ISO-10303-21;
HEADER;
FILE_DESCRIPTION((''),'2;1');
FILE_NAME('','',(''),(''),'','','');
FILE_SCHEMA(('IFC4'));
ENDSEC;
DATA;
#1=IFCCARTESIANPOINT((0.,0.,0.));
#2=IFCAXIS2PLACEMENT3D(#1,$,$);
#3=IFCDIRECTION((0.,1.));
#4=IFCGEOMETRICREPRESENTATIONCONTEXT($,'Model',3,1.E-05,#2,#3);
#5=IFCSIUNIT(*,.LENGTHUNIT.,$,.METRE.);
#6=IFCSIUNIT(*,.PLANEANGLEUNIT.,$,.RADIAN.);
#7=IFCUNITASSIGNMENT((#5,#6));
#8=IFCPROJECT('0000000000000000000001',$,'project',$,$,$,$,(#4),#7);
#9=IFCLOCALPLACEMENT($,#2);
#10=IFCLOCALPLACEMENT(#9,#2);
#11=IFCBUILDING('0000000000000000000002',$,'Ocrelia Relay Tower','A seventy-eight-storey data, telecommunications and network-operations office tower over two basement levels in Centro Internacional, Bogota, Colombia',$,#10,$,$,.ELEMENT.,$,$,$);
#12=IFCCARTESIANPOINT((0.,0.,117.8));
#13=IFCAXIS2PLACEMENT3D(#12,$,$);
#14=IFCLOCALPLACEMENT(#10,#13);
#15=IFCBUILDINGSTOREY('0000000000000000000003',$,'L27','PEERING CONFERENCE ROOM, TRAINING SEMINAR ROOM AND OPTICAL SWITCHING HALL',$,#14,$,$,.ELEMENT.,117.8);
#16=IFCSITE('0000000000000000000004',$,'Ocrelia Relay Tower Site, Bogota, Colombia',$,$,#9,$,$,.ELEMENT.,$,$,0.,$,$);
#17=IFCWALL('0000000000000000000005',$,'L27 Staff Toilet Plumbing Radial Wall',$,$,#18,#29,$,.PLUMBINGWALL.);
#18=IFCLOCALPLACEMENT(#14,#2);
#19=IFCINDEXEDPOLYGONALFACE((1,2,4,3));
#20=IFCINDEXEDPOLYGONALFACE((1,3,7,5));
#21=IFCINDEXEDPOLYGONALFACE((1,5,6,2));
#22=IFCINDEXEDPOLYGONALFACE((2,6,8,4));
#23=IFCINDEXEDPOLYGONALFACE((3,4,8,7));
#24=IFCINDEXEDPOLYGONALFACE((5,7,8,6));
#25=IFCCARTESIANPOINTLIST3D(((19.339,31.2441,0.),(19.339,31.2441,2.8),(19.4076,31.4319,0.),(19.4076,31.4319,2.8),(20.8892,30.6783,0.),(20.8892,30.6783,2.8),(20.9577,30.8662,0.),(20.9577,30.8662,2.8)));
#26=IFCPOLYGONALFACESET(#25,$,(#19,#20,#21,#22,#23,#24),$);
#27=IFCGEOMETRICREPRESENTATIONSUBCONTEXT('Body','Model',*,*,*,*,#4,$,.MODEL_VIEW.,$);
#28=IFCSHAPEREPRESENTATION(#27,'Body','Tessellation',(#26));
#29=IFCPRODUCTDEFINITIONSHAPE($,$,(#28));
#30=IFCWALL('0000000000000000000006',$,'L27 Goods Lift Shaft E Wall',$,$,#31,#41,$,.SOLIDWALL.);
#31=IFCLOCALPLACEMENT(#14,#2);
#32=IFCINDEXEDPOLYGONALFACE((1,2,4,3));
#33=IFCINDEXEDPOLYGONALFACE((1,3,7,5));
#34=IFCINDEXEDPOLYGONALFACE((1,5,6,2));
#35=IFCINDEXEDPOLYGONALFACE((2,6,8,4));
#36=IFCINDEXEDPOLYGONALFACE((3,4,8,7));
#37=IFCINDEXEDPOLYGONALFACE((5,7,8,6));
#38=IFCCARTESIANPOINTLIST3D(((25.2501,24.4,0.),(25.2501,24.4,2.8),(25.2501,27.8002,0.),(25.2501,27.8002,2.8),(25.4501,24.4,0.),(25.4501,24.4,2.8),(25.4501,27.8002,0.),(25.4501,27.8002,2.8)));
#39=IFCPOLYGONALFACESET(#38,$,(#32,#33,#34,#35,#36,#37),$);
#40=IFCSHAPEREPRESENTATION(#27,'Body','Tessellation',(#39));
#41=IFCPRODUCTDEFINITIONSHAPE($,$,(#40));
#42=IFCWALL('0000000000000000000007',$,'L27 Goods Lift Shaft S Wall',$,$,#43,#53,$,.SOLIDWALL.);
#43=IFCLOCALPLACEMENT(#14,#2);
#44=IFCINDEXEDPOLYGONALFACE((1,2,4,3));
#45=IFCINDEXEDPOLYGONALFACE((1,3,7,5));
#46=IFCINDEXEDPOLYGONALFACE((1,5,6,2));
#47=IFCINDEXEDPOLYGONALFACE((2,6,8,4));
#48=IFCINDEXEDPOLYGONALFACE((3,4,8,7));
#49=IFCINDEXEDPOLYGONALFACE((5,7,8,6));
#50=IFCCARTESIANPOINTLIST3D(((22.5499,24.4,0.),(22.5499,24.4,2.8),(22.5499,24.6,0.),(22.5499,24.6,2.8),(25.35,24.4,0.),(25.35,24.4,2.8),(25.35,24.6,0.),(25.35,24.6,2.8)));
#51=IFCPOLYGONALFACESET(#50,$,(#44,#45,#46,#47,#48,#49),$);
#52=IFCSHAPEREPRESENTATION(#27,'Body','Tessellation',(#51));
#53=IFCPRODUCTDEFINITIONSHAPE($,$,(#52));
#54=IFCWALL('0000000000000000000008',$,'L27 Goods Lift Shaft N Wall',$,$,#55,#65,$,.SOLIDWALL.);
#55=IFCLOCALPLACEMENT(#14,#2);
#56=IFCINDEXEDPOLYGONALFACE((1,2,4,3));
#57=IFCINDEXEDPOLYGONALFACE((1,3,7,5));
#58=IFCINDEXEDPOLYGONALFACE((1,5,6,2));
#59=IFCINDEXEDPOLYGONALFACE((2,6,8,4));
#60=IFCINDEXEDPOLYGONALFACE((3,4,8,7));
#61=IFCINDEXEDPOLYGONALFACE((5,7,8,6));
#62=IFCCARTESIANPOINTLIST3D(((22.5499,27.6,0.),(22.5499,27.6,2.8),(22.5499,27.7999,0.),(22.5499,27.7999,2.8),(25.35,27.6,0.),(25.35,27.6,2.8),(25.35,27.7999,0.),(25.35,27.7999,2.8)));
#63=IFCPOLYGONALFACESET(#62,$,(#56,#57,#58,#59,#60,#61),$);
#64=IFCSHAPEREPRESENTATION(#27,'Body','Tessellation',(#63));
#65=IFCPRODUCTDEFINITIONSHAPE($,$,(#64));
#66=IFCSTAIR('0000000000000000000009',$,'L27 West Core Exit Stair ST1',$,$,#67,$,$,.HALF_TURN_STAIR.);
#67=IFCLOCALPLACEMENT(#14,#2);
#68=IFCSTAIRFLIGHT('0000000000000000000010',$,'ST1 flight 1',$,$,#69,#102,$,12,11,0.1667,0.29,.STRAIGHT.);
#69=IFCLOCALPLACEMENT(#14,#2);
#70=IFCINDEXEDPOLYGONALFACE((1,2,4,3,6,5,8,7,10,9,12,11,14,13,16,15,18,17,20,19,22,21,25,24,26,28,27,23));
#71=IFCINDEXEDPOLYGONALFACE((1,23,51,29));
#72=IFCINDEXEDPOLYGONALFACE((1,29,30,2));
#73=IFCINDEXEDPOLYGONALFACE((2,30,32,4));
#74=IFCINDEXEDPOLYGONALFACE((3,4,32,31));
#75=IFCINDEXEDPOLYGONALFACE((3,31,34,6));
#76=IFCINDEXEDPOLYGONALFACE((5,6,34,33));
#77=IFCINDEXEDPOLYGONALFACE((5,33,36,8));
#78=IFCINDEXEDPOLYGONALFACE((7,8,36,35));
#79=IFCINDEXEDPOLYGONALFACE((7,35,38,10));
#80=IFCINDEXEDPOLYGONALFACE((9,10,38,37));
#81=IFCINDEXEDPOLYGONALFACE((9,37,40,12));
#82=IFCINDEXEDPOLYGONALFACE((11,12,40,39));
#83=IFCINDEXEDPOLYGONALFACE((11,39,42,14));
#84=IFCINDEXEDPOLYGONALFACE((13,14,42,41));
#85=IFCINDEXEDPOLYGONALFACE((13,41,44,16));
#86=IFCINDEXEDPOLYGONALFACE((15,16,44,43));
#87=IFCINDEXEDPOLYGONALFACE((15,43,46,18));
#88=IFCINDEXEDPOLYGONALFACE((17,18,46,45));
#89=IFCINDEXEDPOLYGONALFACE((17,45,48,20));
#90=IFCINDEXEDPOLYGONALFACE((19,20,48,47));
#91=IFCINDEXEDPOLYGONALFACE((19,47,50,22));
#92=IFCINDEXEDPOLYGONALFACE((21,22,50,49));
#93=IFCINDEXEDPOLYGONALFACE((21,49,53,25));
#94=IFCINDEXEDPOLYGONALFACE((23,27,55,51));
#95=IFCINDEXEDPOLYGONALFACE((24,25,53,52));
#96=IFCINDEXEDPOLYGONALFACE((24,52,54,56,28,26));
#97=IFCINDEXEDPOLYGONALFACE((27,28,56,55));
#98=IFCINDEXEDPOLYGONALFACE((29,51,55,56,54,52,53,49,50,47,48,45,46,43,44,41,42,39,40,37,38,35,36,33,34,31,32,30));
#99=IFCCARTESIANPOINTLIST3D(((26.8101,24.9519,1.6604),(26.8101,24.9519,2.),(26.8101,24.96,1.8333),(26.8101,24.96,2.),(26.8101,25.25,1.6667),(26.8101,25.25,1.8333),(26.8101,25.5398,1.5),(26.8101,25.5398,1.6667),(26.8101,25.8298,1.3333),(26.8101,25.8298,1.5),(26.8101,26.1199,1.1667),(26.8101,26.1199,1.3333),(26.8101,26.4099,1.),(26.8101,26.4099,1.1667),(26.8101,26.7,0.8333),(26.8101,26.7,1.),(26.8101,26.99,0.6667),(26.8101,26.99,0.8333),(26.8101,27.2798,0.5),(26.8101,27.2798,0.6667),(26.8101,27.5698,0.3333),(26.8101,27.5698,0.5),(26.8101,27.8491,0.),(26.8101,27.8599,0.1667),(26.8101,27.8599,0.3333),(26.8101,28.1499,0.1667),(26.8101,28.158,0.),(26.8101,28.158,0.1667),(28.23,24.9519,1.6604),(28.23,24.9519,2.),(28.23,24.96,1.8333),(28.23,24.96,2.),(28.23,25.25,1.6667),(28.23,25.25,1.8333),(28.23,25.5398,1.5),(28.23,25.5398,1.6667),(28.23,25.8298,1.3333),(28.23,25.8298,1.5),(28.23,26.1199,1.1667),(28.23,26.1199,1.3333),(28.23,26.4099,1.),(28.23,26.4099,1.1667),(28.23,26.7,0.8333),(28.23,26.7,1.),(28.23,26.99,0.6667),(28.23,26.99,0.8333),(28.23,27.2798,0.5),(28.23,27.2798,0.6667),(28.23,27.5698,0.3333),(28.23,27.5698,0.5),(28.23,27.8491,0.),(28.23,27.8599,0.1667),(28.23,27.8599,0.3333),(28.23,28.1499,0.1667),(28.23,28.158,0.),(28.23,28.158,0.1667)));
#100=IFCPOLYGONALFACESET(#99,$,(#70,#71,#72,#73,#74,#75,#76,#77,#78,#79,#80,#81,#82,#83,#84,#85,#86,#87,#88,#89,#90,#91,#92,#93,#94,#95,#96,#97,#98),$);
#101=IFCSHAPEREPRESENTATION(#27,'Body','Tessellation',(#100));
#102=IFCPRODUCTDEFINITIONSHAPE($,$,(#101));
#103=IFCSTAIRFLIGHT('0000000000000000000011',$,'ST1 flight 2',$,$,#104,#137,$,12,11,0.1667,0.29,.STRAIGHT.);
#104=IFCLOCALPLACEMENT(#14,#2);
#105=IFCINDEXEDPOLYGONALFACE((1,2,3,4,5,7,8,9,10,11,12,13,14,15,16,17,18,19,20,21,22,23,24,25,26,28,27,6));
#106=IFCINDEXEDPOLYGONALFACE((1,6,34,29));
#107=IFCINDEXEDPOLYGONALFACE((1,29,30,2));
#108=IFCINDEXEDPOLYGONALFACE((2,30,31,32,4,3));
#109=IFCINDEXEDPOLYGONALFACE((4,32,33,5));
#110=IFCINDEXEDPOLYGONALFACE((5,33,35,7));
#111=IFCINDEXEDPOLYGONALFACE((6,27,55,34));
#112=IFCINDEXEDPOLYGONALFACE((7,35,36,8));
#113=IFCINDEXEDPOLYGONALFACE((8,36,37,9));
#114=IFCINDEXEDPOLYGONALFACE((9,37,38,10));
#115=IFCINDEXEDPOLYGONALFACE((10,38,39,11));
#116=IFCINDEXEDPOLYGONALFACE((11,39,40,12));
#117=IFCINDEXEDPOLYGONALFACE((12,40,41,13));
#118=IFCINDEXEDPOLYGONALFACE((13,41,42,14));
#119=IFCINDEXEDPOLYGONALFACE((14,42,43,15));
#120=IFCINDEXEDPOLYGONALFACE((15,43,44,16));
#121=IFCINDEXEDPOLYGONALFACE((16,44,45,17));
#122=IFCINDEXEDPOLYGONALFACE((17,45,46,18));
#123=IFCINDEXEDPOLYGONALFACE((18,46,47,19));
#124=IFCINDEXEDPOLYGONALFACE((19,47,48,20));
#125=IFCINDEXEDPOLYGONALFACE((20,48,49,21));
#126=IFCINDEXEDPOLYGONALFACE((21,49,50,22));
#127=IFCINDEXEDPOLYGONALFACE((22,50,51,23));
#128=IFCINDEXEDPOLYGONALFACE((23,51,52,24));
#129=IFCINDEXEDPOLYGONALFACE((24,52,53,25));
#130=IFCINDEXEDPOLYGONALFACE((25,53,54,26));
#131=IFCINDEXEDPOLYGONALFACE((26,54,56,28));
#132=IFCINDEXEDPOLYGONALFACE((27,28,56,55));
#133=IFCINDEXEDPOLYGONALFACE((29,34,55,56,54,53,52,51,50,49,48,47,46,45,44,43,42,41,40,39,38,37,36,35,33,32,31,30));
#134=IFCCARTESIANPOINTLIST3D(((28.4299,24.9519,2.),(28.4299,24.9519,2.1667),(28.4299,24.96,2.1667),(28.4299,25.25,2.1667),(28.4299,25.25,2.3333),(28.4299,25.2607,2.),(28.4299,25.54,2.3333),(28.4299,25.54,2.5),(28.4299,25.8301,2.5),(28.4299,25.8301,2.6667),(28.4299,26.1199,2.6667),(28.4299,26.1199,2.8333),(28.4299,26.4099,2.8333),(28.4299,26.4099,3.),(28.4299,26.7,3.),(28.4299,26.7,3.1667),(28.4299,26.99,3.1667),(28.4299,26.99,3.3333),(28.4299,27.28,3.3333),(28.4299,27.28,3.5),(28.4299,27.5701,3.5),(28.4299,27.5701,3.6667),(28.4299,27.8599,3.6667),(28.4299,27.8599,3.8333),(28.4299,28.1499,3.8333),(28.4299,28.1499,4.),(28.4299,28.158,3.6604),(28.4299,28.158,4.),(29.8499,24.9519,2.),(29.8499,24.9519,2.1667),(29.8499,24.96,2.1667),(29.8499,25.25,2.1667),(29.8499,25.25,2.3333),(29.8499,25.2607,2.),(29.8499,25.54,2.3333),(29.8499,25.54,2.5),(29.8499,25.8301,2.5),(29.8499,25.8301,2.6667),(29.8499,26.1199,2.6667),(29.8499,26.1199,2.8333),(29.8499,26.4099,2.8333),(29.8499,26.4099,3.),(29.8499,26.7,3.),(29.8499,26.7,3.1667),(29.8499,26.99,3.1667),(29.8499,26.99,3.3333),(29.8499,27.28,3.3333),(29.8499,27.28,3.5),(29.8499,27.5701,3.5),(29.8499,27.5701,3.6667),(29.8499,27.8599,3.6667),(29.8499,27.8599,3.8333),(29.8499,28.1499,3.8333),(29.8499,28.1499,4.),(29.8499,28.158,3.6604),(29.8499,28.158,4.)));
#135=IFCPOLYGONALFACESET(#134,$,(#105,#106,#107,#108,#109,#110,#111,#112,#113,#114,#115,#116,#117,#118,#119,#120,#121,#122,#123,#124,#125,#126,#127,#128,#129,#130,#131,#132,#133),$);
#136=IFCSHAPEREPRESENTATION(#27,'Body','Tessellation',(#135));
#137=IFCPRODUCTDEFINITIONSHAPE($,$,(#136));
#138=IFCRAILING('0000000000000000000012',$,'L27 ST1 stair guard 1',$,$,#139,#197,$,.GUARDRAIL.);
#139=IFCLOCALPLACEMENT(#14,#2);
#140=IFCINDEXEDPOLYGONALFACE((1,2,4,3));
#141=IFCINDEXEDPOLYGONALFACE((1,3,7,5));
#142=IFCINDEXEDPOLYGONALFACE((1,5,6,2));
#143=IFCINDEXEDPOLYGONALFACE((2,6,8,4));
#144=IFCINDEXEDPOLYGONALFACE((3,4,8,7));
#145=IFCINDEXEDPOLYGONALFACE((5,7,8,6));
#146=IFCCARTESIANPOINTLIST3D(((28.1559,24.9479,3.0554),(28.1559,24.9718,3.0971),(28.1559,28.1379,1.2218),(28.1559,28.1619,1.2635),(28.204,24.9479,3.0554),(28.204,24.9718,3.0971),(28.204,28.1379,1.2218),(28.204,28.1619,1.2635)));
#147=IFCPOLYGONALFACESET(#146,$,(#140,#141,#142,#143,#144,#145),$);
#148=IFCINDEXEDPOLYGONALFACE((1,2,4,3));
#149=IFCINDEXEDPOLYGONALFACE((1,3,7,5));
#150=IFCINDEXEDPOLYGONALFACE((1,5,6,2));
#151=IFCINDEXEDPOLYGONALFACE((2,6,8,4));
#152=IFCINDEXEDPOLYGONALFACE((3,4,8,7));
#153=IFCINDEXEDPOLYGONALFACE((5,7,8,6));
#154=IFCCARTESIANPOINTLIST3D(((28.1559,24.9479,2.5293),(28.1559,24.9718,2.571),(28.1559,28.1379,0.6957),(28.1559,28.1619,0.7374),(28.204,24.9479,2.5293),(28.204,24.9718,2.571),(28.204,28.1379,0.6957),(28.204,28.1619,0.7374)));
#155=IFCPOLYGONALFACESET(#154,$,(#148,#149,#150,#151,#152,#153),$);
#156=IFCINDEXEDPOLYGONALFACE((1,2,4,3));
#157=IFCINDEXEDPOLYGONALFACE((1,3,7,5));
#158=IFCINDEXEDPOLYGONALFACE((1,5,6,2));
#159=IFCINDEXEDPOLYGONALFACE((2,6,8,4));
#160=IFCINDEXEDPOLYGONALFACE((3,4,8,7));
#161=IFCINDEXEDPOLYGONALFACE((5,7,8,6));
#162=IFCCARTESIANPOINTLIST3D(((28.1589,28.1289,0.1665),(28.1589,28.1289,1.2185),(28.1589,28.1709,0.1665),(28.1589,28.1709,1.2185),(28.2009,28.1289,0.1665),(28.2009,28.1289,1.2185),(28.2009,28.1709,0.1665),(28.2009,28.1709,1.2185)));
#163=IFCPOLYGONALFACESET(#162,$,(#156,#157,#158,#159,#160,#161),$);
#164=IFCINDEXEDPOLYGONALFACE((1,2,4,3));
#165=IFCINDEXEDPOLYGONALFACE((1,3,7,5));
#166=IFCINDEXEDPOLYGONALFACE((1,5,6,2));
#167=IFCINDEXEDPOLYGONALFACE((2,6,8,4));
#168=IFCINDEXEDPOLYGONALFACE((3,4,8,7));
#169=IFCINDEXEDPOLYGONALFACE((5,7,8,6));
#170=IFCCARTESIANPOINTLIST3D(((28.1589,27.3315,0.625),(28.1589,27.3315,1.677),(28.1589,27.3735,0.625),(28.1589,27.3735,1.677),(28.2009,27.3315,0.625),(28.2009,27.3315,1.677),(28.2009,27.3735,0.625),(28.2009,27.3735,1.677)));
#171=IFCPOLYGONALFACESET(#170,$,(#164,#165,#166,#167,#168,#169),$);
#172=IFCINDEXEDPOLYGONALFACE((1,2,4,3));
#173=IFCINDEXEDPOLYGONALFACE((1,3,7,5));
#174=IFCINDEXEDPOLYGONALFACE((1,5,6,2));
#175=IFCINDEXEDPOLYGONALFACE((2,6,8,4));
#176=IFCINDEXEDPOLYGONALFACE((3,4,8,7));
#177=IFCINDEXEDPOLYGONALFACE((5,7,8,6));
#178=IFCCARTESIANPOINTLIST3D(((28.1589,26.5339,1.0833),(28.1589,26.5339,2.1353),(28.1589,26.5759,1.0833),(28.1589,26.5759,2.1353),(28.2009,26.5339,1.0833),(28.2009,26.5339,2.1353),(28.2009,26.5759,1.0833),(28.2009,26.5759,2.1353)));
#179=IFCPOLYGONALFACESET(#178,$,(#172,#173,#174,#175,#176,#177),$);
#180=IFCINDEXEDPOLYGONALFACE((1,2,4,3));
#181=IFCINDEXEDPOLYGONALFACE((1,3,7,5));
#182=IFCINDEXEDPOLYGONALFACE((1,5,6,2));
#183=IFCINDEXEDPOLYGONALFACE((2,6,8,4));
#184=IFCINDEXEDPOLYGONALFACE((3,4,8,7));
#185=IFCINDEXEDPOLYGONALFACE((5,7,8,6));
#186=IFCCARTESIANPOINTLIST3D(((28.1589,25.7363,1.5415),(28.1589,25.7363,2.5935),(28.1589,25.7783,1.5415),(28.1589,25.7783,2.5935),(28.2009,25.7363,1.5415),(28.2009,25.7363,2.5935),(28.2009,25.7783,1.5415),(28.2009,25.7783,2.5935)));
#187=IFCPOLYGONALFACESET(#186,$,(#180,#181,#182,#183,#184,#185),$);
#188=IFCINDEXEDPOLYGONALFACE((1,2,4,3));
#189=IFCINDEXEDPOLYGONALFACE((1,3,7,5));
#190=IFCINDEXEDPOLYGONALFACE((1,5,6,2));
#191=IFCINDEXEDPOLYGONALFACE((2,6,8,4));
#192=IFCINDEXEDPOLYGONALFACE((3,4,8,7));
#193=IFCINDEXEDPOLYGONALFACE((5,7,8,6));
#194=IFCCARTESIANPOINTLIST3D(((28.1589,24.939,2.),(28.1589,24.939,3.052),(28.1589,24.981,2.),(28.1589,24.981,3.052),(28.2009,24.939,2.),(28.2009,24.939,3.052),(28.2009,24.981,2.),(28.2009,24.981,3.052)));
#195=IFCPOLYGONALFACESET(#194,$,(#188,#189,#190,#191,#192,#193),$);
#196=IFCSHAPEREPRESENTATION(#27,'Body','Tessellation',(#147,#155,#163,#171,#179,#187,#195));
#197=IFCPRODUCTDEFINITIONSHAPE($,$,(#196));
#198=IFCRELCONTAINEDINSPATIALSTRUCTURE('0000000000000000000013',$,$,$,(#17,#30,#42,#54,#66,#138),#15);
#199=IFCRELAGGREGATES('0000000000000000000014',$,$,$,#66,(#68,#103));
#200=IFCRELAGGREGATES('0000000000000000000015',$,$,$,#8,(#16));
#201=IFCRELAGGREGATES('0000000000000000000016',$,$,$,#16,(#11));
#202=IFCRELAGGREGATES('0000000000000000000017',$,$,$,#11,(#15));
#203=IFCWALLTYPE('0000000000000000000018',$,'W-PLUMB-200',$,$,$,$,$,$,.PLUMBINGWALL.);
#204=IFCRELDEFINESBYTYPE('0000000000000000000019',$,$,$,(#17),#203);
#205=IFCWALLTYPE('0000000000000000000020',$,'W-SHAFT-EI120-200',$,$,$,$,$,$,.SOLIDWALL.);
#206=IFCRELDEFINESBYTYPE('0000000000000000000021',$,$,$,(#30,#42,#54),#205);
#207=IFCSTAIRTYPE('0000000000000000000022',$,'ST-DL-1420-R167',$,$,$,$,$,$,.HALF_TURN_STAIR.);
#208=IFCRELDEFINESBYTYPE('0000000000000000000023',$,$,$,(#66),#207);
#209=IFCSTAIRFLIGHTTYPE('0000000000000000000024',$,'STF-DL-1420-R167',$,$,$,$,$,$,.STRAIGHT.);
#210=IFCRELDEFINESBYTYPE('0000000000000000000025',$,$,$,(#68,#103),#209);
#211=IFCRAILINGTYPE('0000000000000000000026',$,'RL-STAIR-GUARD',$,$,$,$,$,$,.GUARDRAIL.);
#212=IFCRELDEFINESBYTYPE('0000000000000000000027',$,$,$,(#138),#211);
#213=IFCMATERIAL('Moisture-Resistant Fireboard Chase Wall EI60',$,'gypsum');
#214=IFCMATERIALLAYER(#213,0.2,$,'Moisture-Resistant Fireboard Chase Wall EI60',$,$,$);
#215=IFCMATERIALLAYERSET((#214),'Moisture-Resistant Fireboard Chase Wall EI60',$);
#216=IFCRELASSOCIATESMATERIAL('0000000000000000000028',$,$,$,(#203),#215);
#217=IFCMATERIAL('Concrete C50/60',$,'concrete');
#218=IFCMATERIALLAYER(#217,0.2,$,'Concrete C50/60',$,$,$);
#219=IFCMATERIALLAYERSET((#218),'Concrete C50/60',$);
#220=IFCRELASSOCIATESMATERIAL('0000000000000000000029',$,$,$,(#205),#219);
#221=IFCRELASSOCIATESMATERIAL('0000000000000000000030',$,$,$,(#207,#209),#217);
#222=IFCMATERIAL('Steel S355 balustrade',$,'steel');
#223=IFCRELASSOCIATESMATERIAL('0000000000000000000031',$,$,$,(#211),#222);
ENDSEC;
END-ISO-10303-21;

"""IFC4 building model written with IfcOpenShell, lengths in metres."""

from ifc_helpers import new_model, si_unit, direction, frame, frame_2d, origin, origin_2d, place, context, subcontext, project, spatial, polyline, rectangle, outline, extrude, material, layer, layer_set, type_object, element, aggregate, save


model = new_model("IFC4")

# Units and contexts
model_context = context("Model", 3, precision=1e-05, world=origin(), true_north=direction((0.0, 1.0)))
body_context = subcontext(model_context, "Body", "Model", "MODEL_VIEW")
ifc_project = project(units=[si_unit("LENGTHUNIT", "METRE"), si_unit("PLANEANGLEUNIT", "RADIAN")], contexts=[model_context])

# Site, building, storey
site_placement = place(None, origin())
site = spatial("IfcSite", under=ifc_project, at=site_placement, Name="Ocrelia Relay Tower Site, Bogota, Colombia", CompositionType="ELEMENT", RefElevation=0.0)
building_placement = place(site_placement, origin())
building = spatial("IfcBuilding", under=site, at=building_placement, Name="Ocrelia Relay Tower", Description="A seventy-eight-storey data, telecommunications and network-operations office tower over two basement levels in Centro Internacional, Bogota, Colombia", CompositionType="ELEMENT")
storey_placement = place(building_placement, frame((0.0, 0.0, 117.8)))
storey = spatial("IfcBuildingStorey", under=building, at=storey_placement, Name="L27", Description="PEERING CONFERENCE ROOM, TRAINING SEMINAR ROOM AND OPTICAL SWITCHING HALL", CompositionType="ELEMENT", Elevation=117.8)

# Shared definitions
ifc_material_1 = material(Name="Concrete C50/60", Category="concrete")

# Wall
ifc_material_2 = material(Name="Moisture-Resistant Fireboard Chase Wall EI60", Category="gypsum")
ifc_layer_1 = layer(ifc_material_2, 0.2, Name="Moisture-Resistant Fireboard Chase Wall EI60")
ifc_layer_set_1 = layer_set([ifc_layer_1], Name="Moisture-Resistant Fireboard Chase Wall EI60")
wall_type_1 = type_object("IfcWallType", Name="W-PLUMB-200", PredefinedType="PLUMBINGWALL", material=ifc_layer_set_1)
wall_1_placement = place(storey_placement, frame((20.9236, 30.7722, 0.0), z_axis=(0.0, 0.0, 1.0), x_axis=(-0.9394, 0.342824, 0.0)))
element("IfcWall", 1, at=wall_1_placement, inside=storey, type_object=wall_type_1, Name="L27 Staff Toilet Plumbing Radial Wall", PredefinedType="PLUMBINGWALL", context=body_context, shape_type="SweptSolid", body=[
    extrude(rectangle(XDim=1.6501, YDim=0.2, at=frame_2d((0.8252, 0.0))), origin(), (0.0, 0.0, 1.0), 2.8),
])

# Shared definitions
ifc_layer_2 = layer(ifc_material_1, 0.2, Name="Concrete C50/60")
ifc_layer_set_2 = layer_set([ifc_layer_2], Name="Concrete C50/60")
wall_type_2 = type_object("IfcWallType", Name="W-SHAFT-EI120-200", PredefinedType="SOLIDWALL", material=ifc_layer_set_2)

# Walls
wall_2_placement = place(storey_placement, frame((25.3501, 24.3999, 0.0), z_axis=(0.0, 0.0, 1.0), x_axis=(0.0, 1.0, 0.0)))
element("IfcWall", 2, at=wall_2_placement, inside=storey, type_object=wall_type_2, Name="L27 Goods Lift Shaft E Wall", PredefinedType="SOLIDWALL", context=body_context, shape_type="SweptSolid", body=[
    extrude(rectangle(XDim=3.4001, YDim=0.2, at=frame_2d((1.7002, 0.0))), origin(), (0.0, 0.0, 1.0), 2.8),
])
for number, where, z_axis, x_axis, name in (
    (3, (22.55, 24.5, 0.0), (0.0, 0.0, 1.0), (1.0, 0.0, 0.0), "L27 Goods Lift Shaft S Wall"),
    (4, (22.55, 27.7, 0.0), (0.0, 0.0, 1.0), (1.0, 0.0, 0.0), "L27 Goods Lift Shaft N Wall"),
):
    element("IfcWall", number, at=place(storey_placement, frame(where, z_axis=z_axis, x_axis=x_axis)), inside=storey, type_object=wall_type_2, Name=name, PredefinedType="SOLIDWALL", context=body_context, shape_type="SweptSolid", body=[
        extrude(rectangle(XDim=2.8, YDim=0.2, at=frame_2d((1.3999, 0.0))), origin(), (0.0, 0.0, 1.0), 2.8),
    ])

# Stair, stair flights
stair_type = type_object("IfcStairType", Name="ST-DL-1420-R167", PredefinedType="HALF_TURN_STAIR", material=ifc_material_1)
stair_placement = place(storey_placement, origin())
stair = element("IfcStair", 5, at=stair_placement, inside=storey, type_object=stair_type, Name="L27 West Core Exit Stair ST1", PredefinedType="HALF_TURN_STAIR")
stair_flight_type = type_object("IfcStairFlightType", Name="STF-DL-1420-R167", PredefinedType="STRAIGHT", material=ifc_material_1)
stair_flight_1_placement = place(storey_placement, frame((27.52, 28.1499, 0.0), z_axis=(0.0, 0.0, 1.0), x_axis=(0.0, -1.0, 0.0)))
stair_flight_1 = element("IfcStairFlight", 6, at=stair_flight_1_placement, type_object=stair_flight_type, Name="ST1 flight 1", NumberOfRisers=12, NumberOfTreads=11, PredefinedType="STRAIGHT", RiserHeight=0.1667, TreadLength=0.29, context=body_context, shape_type="SweptSolid", body=[
    extrude(outline(polyline([(-0.0081, 0.0), (-0.0081, 0.1667), (0.0, 0.1667), (0.29, 0.1667), (0.29, 0.3333), (0.5801, 0.3333), (0.5801, 0.5), (0.8701, 0.5), (0.8701, 0.6667), (1.1599, 0.6667), (1.1599, 0.8333), (1.45, 0.8333), (1.45, 1.0), (1.74, 1.0), (1.74, 1.1667), (2.03, 1.1667), (2.03, 1.3333), (2.3201, 1.3333), (2.3201, 1.5), (2.6101, 1.5), (2.6101, 1.6667), (2.8999, 1.6667), (2.8999, 1.8333), (3.1899, 1.8333), (3.1899, 2.0), (3.198, 2.0), (3.198, 1.6604), (0.3008, 0.0), (-0.0081, 0.0)])), frame((0.0, 0.71, 0.0), z_axis=(0.0, -1.0, 0.0), x_axis=(1.0, 0.0, 0.0)), (0.0, 0.0, 1.0), 1.4199),
])
stair_flight_2_placement = place(storey_placement, frame((29.1399, 24.96, 2.0), z_axis=(0.0, 0.0, 1.0), x_axis=(0.0, 1.0, 0.0)))
stair_flight_2 = element("IfcStairFlight", 7, at=stair_flight_2_placement, type_object=stair_flight_type, Name="ST1 flight 2", NumberOfRisers=12, NumberOfTreads=11, PredefinedType="STRAIGHT", RiserHeight=0.1667, TreadLength=0.29, context=body_context, shape_type="SweptSolid", body=[
    extrude(outline(polyline([(-0.0081, 0.0), (-0.0081, 0.1667), (0.0, 0.1667), (0.29, 0.1667), (0.29, 0.3333), (0.5801, 0.3333), (0.5801, 0.5), (0.8701, 0.5), (0.8701, 0.6667), (1.1599, 0.6667), (1.1599, 0.8333), (1.45, 0.8333), (1.45, 1.0), (1.74, 1.0), (1.74, 1.1667), (2.03, 1.1667), (2.03, 1.3333), (2.3201, 1.3333), (2.3201, 1.5), (2.6101, 1.5), (2.6101, 1.6667), (2.8999, 1.6667), (2.8999, 1.8333), (3.1899, 1.8333), (3.1899, 2.0), (3.198, 2.0), (3.198, 1.6604), (0.3008, 0.0), (-0.0081, 0.0)])), frame((0.0, 0.71, 0.0), z_axis=(0.0, -1.0, 0.0), x_axis=(1.0, 0.0, 0.0)), (0.0, 0.0, 1.0), 1.4199),
])
aggregate(stair, [stair_flight_1, stair_flight_2])

# Railing
ifc_material_3 = material(Name="Steel S355 balustrade", Category="steel")
railing_type_1 = type_object("IfcRailingType", Name="RL-STAIR-GUARD", PredefinedType="GUARDRAIL", material=ifc_material_3)
railing_1_placement = place(storey_placement, frame((28.1799, 28.1499, 0.1665)))
element("IfcRailing", 8, at=railing_1_placement, inside=storey, type_object=railing_type_1, Name="L27 ST1 stair guard 1", PredefinedType="GUARDRAIL", context=body_context, shape_type="SweptSolid", body=[
    extrude(rectangle(XDim=0.0481, YDim=0.0481, at=origin_2d()), frame((0.0, 0.0, 1.0762), z_axis=(0.0, -0.866991, 0.498324), x_axis=(1.0, 0.0, 0.0)), (0.0, 0.0, 1.0), 3.6794),
    extrude(rectangle(XDim=0.0481, YDim=0.0481, at=origin_2d()), frame((0.0, 0.0, 0.55), z_axis=(0.0, -0.866991, 0.498324), x_axis=(1.0, 0.0, 0.0)), (0.0, 0.0, 1.0), 3.6794),
    extrude(rectangle(XDim=0.042, YDim=0.042, at=origin_2d()), origin(), (0.0, 0.0, 1.0), 1.052),
    extrude(rectangle(XDim=0.042, YDim=0.042, at=origin_2d()), frame((0.0, -0.7974, 0.4585)), (0.0, 0.0, 1.0), 1.052),
    extrude(rectangle(XDim=0.042, YDim=0.042, at=origin_2d()), frame((0.0, -1.595, 0.9167)), (0.0, 0.0, 1.0), 1.052),
    extrude(rectangle(XDim=0.042, YDim=0.042, at=origin_2d()), frame((0.0, -2.3926, 1.375)), (0.0, 0.0, 1.0), 1.052),
    extrude(rectangle(XDim=0.042, YDim=0.042, at=origin_2d()), frame((0.0, -3.1899, 1.8335)), (0.0, 0.0, 1.0), 1.052),
])

save(model, "model.ifc")
